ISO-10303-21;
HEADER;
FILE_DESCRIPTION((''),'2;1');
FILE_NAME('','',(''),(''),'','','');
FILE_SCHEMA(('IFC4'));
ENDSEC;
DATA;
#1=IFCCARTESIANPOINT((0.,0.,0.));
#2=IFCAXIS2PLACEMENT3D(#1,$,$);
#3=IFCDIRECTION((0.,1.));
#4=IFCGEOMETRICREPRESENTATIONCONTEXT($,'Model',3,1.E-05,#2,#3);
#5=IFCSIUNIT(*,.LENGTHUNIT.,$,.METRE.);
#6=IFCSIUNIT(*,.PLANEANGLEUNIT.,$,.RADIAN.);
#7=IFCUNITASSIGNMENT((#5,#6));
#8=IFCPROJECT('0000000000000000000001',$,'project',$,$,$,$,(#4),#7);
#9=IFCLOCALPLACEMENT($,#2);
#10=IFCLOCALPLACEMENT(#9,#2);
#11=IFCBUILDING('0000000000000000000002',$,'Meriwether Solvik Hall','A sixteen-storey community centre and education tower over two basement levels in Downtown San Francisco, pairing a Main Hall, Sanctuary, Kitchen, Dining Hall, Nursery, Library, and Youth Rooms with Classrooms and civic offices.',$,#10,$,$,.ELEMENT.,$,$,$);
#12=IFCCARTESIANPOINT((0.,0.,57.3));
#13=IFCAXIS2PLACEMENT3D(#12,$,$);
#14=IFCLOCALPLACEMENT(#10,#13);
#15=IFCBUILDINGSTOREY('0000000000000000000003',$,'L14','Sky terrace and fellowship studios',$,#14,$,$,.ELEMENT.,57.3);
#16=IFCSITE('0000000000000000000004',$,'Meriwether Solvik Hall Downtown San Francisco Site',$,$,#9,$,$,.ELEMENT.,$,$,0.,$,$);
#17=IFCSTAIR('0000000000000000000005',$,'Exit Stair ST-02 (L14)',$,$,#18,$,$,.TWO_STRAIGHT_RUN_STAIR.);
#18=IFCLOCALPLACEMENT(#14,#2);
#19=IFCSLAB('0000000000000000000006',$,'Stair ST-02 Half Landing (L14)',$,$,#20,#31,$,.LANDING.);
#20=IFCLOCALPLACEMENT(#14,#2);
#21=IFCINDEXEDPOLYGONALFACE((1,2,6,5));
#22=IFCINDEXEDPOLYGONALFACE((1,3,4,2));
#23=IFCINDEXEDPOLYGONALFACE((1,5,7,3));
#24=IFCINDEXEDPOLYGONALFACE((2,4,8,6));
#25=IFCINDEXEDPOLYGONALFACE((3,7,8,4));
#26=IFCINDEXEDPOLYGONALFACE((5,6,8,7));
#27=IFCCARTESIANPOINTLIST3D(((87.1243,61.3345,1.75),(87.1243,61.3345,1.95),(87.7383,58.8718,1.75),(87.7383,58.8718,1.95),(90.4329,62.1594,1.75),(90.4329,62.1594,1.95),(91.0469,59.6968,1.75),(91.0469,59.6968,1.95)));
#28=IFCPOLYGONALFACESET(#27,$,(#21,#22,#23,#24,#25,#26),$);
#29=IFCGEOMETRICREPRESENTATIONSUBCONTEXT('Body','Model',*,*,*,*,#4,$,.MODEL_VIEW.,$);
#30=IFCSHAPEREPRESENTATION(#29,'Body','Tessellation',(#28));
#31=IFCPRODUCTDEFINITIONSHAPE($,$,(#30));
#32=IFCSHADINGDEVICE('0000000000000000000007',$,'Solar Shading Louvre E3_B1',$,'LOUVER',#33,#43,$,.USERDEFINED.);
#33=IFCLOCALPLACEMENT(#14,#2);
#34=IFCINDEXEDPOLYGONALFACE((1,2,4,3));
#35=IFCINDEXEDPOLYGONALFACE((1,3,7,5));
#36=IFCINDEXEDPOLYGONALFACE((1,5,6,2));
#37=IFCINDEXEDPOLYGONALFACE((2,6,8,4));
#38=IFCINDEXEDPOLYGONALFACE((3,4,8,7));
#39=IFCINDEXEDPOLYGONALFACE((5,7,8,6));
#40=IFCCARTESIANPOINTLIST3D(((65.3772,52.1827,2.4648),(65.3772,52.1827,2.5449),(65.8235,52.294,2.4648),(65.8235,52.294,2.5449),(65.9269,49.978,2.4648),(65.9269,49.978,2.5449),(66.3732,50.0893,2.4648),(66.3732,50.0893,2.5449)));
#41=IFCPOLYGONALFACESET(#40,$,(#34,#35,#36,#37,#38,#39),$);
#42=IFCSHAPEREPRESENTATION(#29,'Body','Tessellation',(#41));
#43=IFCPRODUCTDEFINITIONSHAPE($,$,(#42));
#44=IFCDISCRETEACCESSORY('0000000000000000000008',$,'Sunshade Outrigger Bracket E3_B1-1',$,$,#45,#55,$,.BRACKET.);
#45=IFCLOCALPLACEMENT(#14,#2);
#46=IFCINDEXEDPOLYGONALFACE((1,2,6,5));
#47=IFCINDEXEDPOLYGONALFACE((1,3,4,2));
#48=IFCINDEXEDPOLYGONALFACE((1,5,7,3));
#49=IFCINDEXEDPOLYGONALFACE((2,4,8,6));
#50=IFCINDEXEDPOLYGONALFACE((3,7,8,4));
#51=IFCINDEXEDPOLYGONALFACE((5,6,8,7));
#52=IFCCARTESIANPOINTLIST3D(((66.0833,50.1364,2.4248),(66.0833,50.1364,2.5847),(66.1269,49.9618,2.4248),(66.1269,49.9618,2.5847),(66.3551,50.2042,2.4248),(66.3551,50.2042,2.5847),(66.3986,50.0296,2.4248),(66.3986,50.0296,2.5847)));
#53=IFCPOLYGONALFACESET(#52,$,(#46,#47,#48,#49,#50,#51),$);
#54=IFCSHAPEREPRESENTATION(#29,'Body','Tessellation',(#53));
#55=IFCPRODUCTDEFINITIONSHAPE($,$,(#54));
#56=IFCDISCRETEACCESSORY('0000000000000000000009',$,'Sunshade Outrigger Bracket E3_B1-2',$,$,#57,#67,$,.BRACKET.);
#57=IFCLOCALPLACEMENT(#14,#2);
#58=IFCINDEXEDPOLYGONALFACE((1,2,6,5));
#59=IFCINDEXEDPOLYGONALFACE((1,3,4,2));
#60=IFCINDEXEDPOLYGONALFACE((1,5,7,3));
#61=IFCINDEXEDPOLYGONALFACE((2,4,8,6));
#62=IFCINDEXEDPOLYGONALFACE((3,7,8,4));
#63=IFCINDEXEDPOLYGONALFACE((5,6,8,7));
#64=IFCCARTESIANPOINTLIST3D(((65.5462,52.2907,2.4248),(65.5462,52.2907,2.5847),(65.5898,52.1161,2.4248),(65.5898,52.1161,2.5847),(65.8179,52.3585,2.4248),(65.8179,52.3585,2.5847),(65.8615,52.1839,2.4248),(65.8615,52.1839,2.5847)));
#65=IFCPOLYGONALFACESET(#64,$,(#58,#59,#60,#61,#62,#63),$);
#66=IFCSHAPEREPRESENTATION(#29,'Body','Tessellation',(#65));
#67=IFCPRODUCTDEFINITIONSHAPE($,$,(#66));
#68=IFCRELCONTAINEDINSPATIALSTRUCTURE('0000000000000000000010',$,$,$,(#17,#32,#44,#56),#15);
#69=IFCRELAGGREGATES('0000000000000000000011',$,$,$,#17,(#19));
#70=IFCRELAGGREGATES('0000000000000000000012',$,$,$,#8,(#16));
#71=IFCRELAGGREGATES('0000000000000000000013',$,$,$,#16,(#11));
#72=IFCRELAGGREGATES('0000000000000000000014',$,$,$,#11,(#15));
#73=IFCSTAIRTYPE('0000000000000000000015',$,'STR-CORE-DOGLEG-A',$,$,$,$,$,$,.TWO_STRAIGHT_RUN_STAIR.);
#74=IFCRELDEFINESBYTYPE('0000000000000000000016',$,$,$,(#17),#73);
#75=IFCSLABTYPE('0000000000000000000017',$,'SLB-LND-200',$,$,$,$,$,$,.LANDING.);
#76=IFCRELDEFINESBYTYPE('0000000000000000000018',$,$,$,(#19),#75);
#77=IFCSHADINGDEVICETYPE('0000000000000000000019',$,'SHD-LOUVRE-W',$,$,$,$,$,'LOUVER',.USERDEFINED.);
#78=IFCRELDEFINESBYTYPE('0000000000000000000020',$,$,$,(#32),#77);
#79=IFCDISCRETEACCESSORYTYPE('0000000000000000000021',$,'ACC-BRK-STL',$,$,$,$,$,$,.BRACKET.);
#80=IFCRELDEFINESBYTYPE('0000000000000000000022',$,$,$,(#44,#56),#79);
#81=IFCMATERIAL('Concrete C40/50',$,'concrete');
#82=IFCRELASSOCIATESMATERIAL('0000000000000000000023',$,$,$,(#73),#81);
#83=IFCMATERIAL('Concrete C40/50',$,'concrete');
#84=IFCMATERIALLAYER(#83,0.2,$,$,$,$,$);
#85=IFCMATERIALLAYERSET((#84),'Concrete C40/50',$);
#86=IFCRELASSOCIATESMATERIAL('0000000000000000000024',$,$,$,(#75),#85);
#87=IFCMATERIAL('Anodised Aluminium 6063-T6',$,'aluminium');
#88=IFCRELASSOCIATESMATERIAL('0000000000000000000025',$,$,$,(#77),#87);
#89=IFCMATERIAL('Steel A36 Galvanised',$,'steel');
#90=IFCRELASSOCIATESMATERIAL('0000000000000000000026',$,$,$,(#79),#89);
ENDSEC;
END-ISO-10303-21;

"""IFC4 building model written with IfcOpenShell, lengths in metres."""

from ifc_helpers import new_model, si_unit, direction, frame, origin, origin_2d, place, context, subcontext, project, spatial, polyline, rectangle, outline, extrude, material, layer, layer_set, type_object, element, aggregate, save


model = new_model("IFC4")

# Units and contexts
model_context = context("Model", 3, precision=1e-05, world=origin(), true_north=direction((0.0, 1.0)))
body_context = subcontext(model_context, "Body", "Model", "MODEL_VIEW")
ifc_project = project(units=[si_unit("LENGTHUNIT", "METRE"), si_unit("PLANEANGLEUNIT", "RADIAN")], contexts=[model_context])

# Site, building, storey
site_placement = place(None, origin())
site = spatial("IfcSite", under=ifc_project, at=site_placement, Name="Meriwether Solvik Hall Downtown San Francisco Site", CompositionType="ELEMENT", RefElevation=0.0)
building_placement = place(site_placement, origin())
building = spatial("IfcBuilding", under=site, at=building_placement, Name="Meriwether Solvik Hall", Description="A sixteen-storey community centre and education tower over two basement levels in Downtown San Francisco, pairing a Main Hall, Sanctuary, Kitchen, Dining Hall, Nursery, Library, and Youth Rooms with Classrooms and civic offices.", CompositionType="ELEMENT")
storey_placement = place(building_placement, frame((0.0, 0.0, 57.3)))
storey = spatial("IfcBuildingStorey", under=building, at=storey_placement, Name="L14", Description="Sky terrace and fellowship studios", CompositionType="ELEMENT", Elevation=57.3)

# Stair, slab
ifc_material_1 = material(Name="Concrete C40/50", Category="concrete")
stair_type = type_object("IfcStairType", Name="STR-CORE-DOGLEG-A", PredefinedType="TWO_STRAIGHT_RUN_STAIR", material=ifc_material_1)
ifc_material_2 = material(Name="Concrete C40/50", Category="concrete")
ifc_layer_1 = layer(ifc_material_2, 0.2)
ifc_layer_set_1 = layer_set([ifc_layer_1], Name="Concrete C40/50")
slab_type_1 = type_object("IfcSlabType", Name="SLB-LND-200", PredefinedType="LANDING", material=ifc_layer_set_1)
stair_1_placement = place(storey_placement, origin())
stair_1 = element("IfcStair", 1, at=stair_1_placement, inside=storey, type_object=stair_type, Name="Exit Stair ST-02 (L14)", PredefinedType="TWO_STRAIGHT_RUN_STAIR")
slab_1_placement = place(storey_placement, frame((0.0, 0.0, 1.75)))
slab_1 = element("IfcSlab", 2, at=slab_1_placement, type_object=slab_type_1, Name="Stair ST-02 Half Landing (L14)", PredefinedType="LANDING", context=body_context, shape_type="SweptSolid", body=[
    extrude(outline(polyline([(87.7383, 58.8718), (91.0469, 59.6968), (90.4329, 62.1594), (87.1243, 61.3345), (87.7383, 58.8718)])), origin(), (0.0, 0.0, 1.0), 0.2),
])
aggregate(stair_1, [slab_1])

# Shading device
ifc_material_3 = material(Name="Anodised Aluminium 6063-T6", Category="aluminium")
shading_device_type = type_object("IfcShadingDeviceType", Name="SHD-LOUVRE-W", ElementType="LOUVER", PredefinedType="USERDEFINED", material=ifc_material_3)
shading_device_placement = place(storey_placement, frame((65.8752, 51.136, 2.4648), z_axis=(0.0, 0.0, 1.0), x_axis=(-0.241922, 0.970296, 0.0)))
element("IfcShadingDevice", 3, at=shading_device_placement, inside=storey, type_object=shading_device_type, Name="Solar Shading Louvre E3_B1", ObjectType="LOUVER", PredefinedType="USERDEFINED", context=body_context, shape_type="SweptSolid", body=[
    extrude(rectangle(XDim=2.2722, YDim=0.46, at=origin_2d()), origin(), (0.0, 0.0, 1.0), 0.0801),
])

# Discrete accessories
ifc_material_4 = material(Name="Steel A36 Galvanised", Category="steel")
discrete_accessory_type = type_object("IfcDiscreteAccessoryType", Name="ACC-BRK-STL", PredefinedType="BRACKET", material=ifc_material_4)
for number, where, z_axis, x_axis, name in (
    (4, (66.241, 50.083, 2.4248), (0.0, 0.0, 1.0), (-0.241922, 0.970296, 0.0), "Sunshade Outrigger Bracket E3_B1-1"),
    (5, (65.7039, 52.2373, 2.4248), (0.0, 0.0, 1.0), (-0.241922, 0.970296, 0.0), "Sunshade Outrigger Bracket E3_B1-2"),
):
    element("IfcDiscreteAccessory", number, at=place(storey_placement, frame(where, z_axis=z_axis, x_axis=x_axis)), inside=storey, type_object=discrete_accessory_type, Name=name, PredefinedType="BRACKET", context=body_context, shape_type="SweptSolid", body=[
        extrude(rectangle(XDim=0.1799, YDim=0.28, at=origin_2d()), origin(), (0.0, 0.0, 1.0), 0.1599),
    ])

save(model, "model.ifc")
